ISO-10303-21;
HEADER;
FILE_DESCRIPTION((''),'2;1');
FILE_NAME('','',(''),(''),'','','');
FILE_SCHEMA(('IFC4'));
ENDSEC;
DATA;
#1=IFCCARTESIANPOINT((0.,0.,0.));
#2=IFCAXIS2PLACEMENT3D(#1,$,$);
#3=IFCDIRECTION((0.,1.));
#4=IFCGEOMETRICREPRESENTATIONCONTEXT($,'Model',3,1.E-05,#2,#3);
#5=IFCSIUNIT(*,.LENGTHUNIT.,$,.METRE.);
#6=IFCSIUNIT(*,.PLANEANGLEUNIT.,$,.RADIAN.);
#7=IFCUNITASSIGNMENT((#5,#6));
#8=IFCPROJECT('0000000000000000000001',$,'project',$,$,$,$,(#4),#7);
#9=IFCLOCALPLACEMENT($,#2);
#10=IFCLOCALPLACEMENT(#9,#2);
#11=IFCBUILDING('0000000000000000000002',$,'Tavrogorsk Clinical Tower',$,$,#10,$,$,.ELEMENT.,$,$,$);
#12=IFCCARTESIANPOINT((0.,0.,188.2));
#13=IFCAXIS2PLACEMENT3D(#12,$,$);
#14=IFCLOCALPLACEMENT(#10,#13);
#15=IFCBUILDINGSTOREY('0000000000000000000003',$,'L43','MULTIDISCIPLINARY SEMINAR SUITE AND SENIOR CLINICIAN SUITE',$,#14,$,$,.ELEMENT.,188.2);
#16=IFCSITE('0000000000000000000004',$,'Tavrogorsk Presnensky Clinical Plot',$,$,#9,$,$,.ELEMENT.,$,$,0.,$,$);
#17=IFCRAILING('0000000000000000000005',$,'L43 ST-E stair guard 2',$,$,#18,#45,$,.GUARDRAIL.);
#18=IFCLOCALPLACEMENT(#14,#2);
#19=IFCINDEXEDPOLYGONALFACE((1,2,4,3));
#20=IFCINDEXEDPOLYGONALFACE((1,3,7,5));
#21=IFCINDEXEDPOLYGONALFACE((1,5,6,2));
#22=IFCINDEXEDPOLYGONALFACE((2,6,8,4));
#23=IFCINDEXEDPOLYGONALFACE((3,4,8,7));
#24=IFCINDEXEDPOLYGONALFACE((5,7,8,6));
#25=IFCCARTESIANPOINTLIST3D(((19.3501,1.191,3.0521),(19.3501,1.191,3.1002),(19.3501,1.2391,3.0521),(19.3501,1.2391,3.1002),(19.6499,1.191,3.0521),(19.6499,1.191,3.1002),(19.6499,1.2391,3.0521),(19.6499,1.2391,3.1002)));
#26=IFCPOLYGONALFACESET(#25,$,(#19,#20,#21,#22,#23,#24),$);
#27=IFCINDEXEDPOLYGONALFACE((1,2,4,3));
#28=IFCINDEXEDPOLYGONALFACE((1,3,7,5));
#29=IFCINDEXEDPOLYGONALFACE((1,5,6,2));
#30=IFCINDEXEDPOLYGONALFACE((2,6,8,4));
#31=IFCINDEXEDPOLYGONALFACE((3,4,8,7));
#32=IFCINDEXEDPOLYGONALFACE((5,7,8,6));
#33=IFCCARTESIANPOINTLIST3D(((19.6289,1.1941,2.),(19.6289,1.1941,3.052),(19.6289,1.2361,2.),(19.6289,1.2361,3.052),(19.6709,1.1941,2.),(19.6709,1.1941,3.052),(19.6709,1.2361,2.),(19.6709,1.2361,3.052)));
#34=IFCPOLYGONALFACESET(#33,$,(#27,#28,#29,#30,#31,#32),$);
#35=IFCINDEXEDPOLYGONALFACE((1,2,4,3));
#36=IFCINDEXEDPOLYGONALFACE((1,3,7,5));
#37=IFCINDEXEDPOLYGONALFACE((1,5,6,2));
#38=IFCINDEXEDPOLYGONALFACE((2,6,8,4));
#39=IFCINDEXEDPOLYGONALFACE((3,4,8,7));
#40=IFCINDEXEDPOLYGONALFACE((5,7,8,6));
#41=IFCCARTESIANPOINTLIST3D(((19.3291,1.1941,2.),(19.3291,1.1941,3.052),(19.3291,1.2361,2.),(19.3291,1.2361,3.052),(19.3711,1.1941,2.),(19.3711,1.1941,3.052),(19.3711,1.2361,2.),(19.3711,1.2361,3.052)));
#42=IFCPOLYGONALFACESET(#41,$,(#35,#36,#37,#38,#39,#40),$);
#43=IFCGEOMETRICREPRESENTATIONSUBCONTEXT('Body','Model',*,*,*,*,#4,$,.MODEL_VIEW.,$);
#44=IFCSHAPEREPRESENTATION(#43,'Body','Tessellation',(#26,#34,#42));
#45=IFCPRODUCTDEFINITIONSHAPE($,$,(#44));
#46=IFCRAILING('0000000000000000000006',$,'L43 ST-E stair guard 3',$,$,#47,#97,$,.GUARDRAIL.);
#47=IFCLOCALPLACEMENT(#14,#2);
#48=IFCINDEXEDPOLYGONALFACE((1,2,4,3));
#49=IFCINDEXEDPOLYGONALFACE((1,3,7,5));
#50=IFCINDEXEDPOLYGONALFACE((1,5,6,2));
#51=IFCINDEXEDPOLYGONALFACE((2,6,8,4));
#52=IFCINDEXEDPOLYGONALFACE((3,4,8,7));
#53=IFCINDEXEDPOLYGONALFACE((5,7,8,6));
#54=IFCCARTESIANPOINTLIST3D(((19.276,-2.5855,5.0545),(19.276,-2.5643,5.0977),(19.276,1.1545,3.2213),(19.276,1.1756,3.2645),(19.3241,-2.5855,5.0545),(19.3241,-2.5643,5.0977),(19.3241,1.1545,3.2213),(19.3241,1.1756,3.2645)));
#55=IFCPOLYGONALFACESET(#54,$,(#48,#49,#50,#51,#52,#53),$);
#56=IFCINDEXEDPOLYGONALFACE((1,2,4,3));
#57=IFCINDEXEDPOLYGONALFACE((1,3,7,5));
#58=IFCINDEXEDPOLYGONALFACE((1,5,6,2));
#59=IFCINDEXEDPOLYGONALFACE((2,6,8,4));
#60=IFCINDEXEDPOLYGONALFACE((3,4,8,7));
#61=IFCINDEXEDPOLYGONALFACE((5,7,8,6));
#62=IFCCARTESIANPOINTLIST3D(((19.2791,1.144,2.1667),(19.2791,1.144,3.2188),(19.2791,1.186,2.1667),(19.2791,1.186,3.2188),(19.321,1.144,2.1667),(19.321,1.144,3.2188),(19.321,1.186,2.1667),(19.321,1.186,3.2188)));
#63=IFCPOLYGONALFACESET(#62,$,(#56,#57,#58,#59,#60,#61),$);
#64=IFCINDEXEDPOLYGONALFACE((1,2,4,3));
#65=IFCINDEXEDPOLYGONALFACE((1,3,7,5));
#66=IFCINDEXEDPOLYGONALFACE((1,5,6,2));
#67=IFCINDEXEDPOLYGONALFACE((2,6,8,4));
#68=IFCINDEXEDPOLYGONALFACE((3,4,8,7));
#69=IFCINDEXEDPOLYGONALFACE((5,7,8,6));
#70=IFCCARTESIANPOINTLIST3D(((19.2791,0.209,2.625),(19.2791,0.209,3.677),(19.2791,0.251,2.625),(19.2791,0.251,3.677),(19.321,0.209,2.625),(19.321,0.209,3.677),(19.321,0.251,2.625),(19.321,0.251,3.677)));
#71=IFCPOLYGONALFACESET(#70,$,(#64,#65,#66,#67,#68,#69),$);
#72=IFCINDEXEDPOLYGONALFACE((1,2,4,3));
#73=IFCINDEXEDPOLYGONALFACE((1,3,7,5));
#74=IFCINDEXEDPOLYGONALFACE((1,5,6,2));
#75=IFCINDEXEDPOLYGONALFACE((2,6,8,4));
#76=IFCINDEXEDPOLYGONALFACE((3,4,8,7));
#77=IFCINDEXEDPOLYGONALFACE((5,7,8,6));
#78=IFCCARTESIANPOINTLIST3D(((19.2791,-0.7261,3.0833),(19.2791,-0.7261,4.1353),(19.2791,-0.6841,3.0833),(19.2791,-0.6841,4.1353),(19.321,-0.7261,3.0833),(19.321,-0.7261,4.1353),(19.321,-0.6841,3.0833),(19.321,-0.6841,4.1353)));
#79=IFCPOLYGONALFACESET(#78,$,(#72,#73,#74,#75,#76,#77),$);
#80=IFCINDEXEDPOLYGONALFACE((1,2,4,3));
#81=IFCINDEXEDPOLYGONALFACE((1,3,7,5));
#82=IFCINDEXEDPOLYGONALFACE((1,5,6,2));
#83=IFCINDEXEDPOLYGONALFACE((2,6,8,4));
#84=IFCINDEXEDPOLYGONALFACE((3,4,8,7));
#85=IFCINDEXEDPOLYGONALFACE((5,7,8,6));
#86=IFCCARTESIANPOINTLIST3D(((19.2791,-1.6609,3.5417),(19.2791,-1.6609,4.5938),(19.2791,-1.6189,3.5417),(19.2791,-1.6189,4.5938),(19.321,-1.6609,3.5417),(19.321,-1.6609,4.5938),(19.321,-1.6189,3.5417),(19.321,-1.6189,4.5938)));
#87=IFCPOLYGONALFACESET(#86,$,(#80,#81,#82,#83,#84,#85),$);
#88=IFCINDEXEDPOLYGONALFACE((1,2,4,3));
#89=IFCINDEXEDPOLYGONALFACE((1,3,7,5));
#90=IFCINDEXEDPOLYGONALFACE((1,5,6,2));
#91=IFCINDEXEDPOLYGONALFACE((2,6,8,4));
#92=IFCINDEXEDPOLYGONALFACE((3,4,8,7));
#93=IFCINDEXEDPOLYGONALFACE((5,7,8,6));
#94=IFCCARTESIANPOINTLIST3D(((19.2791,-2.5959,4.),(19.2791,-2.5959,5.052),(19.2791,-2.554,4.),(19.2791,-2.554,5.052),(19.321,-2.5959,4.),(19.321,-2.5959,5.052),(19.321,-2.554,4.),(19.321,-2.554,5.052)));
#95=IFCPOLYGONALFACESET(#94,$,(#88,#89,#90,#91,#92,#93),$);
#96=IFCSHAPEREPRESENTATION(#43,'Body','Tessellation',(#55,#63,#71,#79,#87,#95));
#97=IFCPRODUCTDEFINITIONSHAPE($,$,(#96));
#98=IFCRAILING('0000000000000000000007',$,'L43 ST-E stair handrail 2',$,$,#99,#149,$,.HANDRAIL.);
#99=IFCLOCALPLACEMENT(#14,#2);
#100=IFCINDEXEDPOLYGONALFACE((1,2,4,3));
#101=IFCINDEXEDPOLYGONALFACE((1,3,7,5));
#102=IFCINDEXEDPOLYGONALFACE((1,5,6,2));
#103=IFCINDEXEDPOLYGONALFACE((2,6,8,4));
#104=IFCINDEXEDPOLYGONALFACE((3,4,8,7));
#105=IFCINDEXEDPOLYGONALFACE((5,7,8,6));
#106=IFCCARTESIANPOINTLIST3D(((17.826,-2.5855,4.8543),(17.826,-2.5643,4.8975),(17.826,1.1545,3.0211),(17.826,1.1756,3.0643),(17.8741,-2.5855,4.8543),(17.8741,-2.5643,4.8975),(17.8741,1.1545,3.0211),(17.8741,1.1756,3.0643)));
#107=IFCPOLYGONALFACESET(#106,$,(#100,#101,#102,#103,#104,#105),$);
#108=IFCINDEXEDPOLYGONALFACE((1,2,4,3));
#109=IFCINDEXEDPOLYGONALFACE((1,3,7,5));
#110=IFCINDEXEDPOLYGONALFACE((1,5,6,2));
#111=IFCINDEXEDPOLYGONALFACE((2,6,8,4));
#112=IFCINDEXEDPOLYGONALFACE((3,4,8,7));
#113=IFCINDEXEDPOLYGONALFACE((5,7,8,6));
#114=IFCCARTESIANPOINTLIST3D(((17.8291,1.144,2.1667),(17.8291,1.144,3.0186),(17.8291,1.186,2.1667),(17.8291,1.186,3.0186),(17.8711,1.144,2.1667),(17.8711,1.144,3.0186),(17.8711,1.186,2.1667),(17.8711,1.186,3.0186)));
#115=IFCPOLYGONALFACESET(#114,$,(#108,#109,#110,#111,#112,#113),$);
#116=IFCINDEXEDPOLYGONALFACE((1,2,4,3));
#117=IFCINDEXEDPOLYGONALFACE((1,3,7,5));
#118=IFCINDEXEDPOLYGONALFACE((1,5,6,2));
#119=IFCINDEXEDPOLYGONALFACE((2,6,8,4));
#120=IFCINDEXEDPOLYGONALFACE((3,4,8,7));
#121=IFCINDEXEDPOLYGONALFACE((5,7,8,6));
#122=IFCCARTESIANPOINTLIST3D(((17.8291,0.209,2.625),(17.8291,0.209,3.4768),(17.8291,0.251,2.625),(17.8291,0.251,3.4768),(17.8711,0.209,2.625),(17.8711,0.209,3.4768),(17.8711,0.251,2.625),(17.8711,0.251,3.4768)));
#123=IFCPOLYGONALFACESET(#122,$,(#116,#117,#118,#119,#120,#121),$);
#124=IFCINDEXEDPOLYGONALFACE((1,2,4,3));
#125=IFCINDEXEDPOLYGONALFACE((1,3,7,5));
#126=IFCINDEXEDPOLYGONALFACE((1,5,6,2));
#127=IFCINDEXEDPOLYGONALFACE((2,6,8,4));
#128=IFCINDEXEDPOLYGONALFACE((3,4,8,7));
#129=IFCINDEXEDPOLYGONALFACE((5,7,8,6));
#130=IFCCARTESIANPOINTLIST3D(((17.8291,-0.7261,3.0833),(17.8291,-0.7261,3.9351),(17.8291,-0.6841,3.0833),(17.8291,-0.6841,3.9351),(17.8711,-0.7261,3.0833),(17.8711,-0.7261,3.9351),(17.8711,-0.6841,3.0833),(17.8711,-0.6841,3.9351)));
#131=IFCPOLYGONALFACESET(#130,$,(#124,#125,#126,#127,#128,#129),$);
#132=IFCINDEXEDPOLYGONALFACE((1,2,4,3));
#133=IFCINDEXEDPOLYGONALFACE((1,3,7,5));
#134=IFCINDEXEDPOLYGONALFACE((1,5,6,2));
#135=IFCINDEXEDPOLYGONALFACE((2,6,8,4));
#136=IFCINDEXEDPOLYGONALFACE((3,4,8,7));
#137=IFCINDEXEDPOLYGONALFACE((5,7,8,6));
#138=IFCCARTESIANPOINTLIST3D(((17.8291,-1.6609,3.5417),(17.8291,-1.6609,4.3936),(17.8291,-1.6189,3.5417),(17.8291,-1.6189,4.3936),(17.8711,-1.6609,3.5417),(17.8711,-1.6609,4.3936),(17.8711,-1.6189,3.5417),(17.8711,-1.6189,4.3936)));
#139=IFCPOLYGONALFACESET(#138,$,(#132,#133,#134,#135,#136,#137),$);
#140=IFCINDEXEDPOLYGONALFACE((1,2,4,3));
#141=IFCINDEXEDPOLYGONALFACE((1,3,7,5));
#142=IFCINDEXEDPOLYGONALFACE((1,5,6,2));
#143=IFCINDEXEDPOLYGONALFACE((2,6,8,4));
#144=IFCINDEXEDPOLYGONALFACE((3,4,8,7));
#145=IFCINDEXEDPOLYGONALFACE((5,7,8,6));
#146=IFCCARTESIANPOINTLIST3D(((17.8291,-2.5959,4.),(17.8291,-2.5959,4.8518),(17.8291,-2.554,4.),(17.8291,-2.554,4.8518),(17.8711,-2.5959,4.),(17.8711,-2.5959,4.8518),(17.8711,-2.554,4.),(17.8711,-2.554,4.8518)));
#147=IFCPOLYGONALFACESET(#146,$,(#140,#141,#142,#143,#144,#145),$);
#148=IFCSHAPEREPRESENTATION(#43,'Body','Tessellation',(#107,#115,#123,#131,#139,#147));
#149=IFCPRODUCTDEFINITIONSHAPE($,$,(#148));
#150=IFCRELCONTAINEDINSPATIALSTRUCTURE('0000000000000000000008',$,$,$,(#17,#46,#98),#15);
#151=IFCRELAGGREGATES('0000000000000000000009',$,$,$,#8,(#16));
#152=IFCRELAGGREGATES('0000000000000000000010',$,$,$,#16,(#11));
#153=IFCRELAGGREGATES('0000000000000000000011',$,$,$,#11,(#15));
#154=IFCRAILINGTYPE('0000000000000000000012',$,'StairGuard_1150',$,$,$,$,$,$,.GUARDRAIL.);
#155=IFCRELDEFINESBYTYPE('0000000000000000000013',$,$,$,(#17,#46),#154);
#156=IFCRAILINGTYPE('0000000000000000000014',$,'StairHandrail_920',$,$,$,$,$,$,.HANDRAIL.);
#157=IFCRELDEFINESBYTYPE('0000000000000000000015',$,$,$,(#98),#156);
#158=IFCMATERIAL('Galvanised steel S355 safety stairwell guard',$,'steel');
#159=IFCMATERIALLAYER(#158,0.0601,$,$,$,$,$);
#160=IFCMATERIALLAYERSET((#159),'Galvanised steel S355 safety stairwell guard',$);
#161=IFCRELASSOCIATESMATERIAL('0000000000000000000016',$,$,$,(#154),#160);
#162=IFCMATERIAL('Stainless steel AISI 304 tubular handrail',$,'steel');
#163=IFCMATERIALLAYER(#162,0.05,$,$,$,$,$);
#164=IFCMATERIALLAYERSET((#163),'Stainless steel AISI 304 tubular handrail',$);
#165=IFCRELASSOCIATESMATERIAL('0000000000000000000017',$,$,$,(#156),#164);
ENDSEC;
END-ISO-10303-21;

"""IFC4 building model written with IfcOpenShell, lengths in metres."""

from ifc_helpers import new_model, si_unit, direction, frame, origin, origin_2d, place, context, subcontext, project, spatial, rectangle, extrude, material, layer, layer_set, type_object, element, save


model = new_model("IFC4")

# Units and contexts
model_context = context("Model", 3, precision=1e-05, world=origin(), true_north=direction((0.0, 1.0)))
body_context = subcontext(model_context, "Body", "Model", "MODEL_VIEW")
ifc_project = project(units=[si_unit("LENGTHUNIT", "METRE"), si_unit("PLANEANGLEUNIT", "RADIAN")], contexts=[model_context])

# Site, building, storey
site_placement = place(None, origin())
site = spatial("IfcSite", under=ifc_project, at=site_placement, Name="Tavrogorsk Presnensky Clinical Plot", CompositionType="ELEMENT", RefElevation=0.0)
building_placement = place(site_placement, origin())
building = spatial("IfcBuilding", under=site, at=building_placement, Name="Tavrogorsk Clinical Tower", CompositionType="ELEMENT")
storey_placement = place(building_placement, frame((0.0, 0.0, 188.2)))
storey = spatial("IfcBuildingStorey", under=building, at=storey_placement, Name="L43", Description="MULTIDISCIPLINARY SEMINAR SUITE AND SENIOR CLINICIAN SUITE", CompositionType="ELEMENT", Elevation=188.2)

# Railings
ifc_material_1 = material(Name="Galvanised steel S355 safety stairwell guard", Category="steel")
ifc_layer_1 = layer(ifc_material_1, 0.0601)
ifc_layer_set_1 = layer_set([ifc_layer_1], Name="Galvanised steel S355 safety stairwell guard")
railing_type_1 = type_object("IfcRailingType", Name="StairGuard_1150", PredefinedType="GUARDRAIL", material=ifc_layer_set_1)
railing_1_placement = place(storey_placement, frame((19.6499, 1.2151, 2.0)))
element("IfcRailing", 1, at=railing_1_placement, inside=storey, type_object=railing_type_1, Name="L43 ST-E stair guard 2", PredefinedType="GUARDRAIL", context=body_context, shape_type="SweptSolid", body=[
    extrude(rectangle(XDim=0.0481, YDim=0.0481, at=origin_2d()), frame((0.0, 0.0, 1.0762), z_axis=(-1.0, 0.0, 0.0), x_axis=(0.0, -1.0, 0.0)), (0.0, 0.0, 1.0), 0.2998),
    extrude(rectangle(XDim=0.042, YDim=0.042, at=origin_2d()), origin(), (0.0, 0.0, 1.0), 1.052),
    extrude(rectangle(XDim=0.042, YDim=0.042, at=origin_2d()), frame((-0.2998, 0.0, 0.0)), (0.0, 0.0, 1.0), 1.052),
])
railing_2_placement = place(storey_placement, frame((19.3, 1.165, 2.1667)))
element("IfcRailing", 2, at=railing_2_placement, inside=storey, type_object=railing_type_1, Name="L43 ST-E stair guard 3", PredefinedType="GUARDRAIL", context=body_context, shape_type="SweptSolid", body=[
    extrude(rectangle(XDim=0.0481, YDim=0.0481, at=origin_2d()), frame((0.0, 0.0, 1.0762), z_axis=(0.0, -0.897928, 0.440142), x_axis=(1.0, 0.0, 0.0)), (0.0, 0.0, 1.0), 4.165),
    extrude(rectangle(XDim=0.042, YDim=0.042, at=origin_2d()), origin(), (0.0, 0.0, 1.0), 1.052),
    extrude(rectangle(XDim=0.042, YDim=0.042, at=origin_2d()), frame((0.0, -0.9351, 0.4583)), (0.0, 0.0, 1.0), 1.052),
    extrude(rectangle(XDim=0.042, YDim=0.042, at=origin_2d()), frame((0.0, -1.8701, 0.9165)), (0.0, 0.0, 1.0), 1.052),
    extrude(rectangle(XDim=0.042, YDim=0.042, at=origin_2d()), frame((0.0, -2.8049, 1.375)), (0.0, 0.0, 1.0), 1.052),
    extrude(rectangle(XDim=0.042, YDim=0.042, at=origin_2d()), frame((0.0, -3.74, 1.8333)), (0.0, 0.0, 1.0), 1.052),
])
ifc_material_2 = material(Name="Stainless steel AISI 304 tubular handrail", Category="steel")
ifc_layer_2 = layer(ifc_material_2, 0.05)
ifc_layer_set_2 = layer_set([ifc_layer_2], Name="Stainless steel AISI 304 tubular handrail")
railing_type_2 = type_object("IfcRailingType", Name="StairHandrail_920", PredefinedType="HANDRAIL", material=ifc_layer_set_2)
railing_3_placement = place(storey_placement, frame((17.8501, 1.165, 2.1667)))
element("IfcRailing", 3, at=railing_3_placement, inside=storey, type_object=railing_type_2, Name="L43 ST-E stair handrail 2", PredefinedType="HANDRAIL", context=body_context, shape_type="SweptSolid", body=[
    extrude(rectangle(XDim=0.0481, YDim=0.0481, at=origin_2d()), frame((0.0, 0.0, 0.876), z_axis=(0.0, -0.897928, 0.440142), x_axis=(1.0, 0.0, 0.0)), (0.0, 0.0, 1.0), 4.165),
    extrude(rectangle(XDim=0.042, YDim=0.042, at=origin_2d()), origin(), (0.0, 0.0, 1.0), 0.8518),
    extrude(rectangle(XDim=0.042, YDim=0.042, at=origin_2d()), frame((0.0, -0.9351, 0.4583)), (0.0, 0.0, 1.0), 0.8518),
    extrude(rectangle(XDim=0.042, YDim=0.042, at=origin_2d()), frame((0.0, -1.8701, 0.9165)), (0.0, 0.0, 1.0), 0.8518),
    extrude(rectangle(XDim=0.042, YDim=0.042, at=origin_2d()), frame((0.0, -2.8049, 1.375)), (0.0, 0.0, 1.0), 0.8518),
    extrude(rectangle(XDim=0.042, YDim=0.042, at=origin_2d()), frame((0.0, -3.74, 1.8333)), (0.0, 0.0, 1.0), 0.8518),
])

save(model, "model.ifc")
